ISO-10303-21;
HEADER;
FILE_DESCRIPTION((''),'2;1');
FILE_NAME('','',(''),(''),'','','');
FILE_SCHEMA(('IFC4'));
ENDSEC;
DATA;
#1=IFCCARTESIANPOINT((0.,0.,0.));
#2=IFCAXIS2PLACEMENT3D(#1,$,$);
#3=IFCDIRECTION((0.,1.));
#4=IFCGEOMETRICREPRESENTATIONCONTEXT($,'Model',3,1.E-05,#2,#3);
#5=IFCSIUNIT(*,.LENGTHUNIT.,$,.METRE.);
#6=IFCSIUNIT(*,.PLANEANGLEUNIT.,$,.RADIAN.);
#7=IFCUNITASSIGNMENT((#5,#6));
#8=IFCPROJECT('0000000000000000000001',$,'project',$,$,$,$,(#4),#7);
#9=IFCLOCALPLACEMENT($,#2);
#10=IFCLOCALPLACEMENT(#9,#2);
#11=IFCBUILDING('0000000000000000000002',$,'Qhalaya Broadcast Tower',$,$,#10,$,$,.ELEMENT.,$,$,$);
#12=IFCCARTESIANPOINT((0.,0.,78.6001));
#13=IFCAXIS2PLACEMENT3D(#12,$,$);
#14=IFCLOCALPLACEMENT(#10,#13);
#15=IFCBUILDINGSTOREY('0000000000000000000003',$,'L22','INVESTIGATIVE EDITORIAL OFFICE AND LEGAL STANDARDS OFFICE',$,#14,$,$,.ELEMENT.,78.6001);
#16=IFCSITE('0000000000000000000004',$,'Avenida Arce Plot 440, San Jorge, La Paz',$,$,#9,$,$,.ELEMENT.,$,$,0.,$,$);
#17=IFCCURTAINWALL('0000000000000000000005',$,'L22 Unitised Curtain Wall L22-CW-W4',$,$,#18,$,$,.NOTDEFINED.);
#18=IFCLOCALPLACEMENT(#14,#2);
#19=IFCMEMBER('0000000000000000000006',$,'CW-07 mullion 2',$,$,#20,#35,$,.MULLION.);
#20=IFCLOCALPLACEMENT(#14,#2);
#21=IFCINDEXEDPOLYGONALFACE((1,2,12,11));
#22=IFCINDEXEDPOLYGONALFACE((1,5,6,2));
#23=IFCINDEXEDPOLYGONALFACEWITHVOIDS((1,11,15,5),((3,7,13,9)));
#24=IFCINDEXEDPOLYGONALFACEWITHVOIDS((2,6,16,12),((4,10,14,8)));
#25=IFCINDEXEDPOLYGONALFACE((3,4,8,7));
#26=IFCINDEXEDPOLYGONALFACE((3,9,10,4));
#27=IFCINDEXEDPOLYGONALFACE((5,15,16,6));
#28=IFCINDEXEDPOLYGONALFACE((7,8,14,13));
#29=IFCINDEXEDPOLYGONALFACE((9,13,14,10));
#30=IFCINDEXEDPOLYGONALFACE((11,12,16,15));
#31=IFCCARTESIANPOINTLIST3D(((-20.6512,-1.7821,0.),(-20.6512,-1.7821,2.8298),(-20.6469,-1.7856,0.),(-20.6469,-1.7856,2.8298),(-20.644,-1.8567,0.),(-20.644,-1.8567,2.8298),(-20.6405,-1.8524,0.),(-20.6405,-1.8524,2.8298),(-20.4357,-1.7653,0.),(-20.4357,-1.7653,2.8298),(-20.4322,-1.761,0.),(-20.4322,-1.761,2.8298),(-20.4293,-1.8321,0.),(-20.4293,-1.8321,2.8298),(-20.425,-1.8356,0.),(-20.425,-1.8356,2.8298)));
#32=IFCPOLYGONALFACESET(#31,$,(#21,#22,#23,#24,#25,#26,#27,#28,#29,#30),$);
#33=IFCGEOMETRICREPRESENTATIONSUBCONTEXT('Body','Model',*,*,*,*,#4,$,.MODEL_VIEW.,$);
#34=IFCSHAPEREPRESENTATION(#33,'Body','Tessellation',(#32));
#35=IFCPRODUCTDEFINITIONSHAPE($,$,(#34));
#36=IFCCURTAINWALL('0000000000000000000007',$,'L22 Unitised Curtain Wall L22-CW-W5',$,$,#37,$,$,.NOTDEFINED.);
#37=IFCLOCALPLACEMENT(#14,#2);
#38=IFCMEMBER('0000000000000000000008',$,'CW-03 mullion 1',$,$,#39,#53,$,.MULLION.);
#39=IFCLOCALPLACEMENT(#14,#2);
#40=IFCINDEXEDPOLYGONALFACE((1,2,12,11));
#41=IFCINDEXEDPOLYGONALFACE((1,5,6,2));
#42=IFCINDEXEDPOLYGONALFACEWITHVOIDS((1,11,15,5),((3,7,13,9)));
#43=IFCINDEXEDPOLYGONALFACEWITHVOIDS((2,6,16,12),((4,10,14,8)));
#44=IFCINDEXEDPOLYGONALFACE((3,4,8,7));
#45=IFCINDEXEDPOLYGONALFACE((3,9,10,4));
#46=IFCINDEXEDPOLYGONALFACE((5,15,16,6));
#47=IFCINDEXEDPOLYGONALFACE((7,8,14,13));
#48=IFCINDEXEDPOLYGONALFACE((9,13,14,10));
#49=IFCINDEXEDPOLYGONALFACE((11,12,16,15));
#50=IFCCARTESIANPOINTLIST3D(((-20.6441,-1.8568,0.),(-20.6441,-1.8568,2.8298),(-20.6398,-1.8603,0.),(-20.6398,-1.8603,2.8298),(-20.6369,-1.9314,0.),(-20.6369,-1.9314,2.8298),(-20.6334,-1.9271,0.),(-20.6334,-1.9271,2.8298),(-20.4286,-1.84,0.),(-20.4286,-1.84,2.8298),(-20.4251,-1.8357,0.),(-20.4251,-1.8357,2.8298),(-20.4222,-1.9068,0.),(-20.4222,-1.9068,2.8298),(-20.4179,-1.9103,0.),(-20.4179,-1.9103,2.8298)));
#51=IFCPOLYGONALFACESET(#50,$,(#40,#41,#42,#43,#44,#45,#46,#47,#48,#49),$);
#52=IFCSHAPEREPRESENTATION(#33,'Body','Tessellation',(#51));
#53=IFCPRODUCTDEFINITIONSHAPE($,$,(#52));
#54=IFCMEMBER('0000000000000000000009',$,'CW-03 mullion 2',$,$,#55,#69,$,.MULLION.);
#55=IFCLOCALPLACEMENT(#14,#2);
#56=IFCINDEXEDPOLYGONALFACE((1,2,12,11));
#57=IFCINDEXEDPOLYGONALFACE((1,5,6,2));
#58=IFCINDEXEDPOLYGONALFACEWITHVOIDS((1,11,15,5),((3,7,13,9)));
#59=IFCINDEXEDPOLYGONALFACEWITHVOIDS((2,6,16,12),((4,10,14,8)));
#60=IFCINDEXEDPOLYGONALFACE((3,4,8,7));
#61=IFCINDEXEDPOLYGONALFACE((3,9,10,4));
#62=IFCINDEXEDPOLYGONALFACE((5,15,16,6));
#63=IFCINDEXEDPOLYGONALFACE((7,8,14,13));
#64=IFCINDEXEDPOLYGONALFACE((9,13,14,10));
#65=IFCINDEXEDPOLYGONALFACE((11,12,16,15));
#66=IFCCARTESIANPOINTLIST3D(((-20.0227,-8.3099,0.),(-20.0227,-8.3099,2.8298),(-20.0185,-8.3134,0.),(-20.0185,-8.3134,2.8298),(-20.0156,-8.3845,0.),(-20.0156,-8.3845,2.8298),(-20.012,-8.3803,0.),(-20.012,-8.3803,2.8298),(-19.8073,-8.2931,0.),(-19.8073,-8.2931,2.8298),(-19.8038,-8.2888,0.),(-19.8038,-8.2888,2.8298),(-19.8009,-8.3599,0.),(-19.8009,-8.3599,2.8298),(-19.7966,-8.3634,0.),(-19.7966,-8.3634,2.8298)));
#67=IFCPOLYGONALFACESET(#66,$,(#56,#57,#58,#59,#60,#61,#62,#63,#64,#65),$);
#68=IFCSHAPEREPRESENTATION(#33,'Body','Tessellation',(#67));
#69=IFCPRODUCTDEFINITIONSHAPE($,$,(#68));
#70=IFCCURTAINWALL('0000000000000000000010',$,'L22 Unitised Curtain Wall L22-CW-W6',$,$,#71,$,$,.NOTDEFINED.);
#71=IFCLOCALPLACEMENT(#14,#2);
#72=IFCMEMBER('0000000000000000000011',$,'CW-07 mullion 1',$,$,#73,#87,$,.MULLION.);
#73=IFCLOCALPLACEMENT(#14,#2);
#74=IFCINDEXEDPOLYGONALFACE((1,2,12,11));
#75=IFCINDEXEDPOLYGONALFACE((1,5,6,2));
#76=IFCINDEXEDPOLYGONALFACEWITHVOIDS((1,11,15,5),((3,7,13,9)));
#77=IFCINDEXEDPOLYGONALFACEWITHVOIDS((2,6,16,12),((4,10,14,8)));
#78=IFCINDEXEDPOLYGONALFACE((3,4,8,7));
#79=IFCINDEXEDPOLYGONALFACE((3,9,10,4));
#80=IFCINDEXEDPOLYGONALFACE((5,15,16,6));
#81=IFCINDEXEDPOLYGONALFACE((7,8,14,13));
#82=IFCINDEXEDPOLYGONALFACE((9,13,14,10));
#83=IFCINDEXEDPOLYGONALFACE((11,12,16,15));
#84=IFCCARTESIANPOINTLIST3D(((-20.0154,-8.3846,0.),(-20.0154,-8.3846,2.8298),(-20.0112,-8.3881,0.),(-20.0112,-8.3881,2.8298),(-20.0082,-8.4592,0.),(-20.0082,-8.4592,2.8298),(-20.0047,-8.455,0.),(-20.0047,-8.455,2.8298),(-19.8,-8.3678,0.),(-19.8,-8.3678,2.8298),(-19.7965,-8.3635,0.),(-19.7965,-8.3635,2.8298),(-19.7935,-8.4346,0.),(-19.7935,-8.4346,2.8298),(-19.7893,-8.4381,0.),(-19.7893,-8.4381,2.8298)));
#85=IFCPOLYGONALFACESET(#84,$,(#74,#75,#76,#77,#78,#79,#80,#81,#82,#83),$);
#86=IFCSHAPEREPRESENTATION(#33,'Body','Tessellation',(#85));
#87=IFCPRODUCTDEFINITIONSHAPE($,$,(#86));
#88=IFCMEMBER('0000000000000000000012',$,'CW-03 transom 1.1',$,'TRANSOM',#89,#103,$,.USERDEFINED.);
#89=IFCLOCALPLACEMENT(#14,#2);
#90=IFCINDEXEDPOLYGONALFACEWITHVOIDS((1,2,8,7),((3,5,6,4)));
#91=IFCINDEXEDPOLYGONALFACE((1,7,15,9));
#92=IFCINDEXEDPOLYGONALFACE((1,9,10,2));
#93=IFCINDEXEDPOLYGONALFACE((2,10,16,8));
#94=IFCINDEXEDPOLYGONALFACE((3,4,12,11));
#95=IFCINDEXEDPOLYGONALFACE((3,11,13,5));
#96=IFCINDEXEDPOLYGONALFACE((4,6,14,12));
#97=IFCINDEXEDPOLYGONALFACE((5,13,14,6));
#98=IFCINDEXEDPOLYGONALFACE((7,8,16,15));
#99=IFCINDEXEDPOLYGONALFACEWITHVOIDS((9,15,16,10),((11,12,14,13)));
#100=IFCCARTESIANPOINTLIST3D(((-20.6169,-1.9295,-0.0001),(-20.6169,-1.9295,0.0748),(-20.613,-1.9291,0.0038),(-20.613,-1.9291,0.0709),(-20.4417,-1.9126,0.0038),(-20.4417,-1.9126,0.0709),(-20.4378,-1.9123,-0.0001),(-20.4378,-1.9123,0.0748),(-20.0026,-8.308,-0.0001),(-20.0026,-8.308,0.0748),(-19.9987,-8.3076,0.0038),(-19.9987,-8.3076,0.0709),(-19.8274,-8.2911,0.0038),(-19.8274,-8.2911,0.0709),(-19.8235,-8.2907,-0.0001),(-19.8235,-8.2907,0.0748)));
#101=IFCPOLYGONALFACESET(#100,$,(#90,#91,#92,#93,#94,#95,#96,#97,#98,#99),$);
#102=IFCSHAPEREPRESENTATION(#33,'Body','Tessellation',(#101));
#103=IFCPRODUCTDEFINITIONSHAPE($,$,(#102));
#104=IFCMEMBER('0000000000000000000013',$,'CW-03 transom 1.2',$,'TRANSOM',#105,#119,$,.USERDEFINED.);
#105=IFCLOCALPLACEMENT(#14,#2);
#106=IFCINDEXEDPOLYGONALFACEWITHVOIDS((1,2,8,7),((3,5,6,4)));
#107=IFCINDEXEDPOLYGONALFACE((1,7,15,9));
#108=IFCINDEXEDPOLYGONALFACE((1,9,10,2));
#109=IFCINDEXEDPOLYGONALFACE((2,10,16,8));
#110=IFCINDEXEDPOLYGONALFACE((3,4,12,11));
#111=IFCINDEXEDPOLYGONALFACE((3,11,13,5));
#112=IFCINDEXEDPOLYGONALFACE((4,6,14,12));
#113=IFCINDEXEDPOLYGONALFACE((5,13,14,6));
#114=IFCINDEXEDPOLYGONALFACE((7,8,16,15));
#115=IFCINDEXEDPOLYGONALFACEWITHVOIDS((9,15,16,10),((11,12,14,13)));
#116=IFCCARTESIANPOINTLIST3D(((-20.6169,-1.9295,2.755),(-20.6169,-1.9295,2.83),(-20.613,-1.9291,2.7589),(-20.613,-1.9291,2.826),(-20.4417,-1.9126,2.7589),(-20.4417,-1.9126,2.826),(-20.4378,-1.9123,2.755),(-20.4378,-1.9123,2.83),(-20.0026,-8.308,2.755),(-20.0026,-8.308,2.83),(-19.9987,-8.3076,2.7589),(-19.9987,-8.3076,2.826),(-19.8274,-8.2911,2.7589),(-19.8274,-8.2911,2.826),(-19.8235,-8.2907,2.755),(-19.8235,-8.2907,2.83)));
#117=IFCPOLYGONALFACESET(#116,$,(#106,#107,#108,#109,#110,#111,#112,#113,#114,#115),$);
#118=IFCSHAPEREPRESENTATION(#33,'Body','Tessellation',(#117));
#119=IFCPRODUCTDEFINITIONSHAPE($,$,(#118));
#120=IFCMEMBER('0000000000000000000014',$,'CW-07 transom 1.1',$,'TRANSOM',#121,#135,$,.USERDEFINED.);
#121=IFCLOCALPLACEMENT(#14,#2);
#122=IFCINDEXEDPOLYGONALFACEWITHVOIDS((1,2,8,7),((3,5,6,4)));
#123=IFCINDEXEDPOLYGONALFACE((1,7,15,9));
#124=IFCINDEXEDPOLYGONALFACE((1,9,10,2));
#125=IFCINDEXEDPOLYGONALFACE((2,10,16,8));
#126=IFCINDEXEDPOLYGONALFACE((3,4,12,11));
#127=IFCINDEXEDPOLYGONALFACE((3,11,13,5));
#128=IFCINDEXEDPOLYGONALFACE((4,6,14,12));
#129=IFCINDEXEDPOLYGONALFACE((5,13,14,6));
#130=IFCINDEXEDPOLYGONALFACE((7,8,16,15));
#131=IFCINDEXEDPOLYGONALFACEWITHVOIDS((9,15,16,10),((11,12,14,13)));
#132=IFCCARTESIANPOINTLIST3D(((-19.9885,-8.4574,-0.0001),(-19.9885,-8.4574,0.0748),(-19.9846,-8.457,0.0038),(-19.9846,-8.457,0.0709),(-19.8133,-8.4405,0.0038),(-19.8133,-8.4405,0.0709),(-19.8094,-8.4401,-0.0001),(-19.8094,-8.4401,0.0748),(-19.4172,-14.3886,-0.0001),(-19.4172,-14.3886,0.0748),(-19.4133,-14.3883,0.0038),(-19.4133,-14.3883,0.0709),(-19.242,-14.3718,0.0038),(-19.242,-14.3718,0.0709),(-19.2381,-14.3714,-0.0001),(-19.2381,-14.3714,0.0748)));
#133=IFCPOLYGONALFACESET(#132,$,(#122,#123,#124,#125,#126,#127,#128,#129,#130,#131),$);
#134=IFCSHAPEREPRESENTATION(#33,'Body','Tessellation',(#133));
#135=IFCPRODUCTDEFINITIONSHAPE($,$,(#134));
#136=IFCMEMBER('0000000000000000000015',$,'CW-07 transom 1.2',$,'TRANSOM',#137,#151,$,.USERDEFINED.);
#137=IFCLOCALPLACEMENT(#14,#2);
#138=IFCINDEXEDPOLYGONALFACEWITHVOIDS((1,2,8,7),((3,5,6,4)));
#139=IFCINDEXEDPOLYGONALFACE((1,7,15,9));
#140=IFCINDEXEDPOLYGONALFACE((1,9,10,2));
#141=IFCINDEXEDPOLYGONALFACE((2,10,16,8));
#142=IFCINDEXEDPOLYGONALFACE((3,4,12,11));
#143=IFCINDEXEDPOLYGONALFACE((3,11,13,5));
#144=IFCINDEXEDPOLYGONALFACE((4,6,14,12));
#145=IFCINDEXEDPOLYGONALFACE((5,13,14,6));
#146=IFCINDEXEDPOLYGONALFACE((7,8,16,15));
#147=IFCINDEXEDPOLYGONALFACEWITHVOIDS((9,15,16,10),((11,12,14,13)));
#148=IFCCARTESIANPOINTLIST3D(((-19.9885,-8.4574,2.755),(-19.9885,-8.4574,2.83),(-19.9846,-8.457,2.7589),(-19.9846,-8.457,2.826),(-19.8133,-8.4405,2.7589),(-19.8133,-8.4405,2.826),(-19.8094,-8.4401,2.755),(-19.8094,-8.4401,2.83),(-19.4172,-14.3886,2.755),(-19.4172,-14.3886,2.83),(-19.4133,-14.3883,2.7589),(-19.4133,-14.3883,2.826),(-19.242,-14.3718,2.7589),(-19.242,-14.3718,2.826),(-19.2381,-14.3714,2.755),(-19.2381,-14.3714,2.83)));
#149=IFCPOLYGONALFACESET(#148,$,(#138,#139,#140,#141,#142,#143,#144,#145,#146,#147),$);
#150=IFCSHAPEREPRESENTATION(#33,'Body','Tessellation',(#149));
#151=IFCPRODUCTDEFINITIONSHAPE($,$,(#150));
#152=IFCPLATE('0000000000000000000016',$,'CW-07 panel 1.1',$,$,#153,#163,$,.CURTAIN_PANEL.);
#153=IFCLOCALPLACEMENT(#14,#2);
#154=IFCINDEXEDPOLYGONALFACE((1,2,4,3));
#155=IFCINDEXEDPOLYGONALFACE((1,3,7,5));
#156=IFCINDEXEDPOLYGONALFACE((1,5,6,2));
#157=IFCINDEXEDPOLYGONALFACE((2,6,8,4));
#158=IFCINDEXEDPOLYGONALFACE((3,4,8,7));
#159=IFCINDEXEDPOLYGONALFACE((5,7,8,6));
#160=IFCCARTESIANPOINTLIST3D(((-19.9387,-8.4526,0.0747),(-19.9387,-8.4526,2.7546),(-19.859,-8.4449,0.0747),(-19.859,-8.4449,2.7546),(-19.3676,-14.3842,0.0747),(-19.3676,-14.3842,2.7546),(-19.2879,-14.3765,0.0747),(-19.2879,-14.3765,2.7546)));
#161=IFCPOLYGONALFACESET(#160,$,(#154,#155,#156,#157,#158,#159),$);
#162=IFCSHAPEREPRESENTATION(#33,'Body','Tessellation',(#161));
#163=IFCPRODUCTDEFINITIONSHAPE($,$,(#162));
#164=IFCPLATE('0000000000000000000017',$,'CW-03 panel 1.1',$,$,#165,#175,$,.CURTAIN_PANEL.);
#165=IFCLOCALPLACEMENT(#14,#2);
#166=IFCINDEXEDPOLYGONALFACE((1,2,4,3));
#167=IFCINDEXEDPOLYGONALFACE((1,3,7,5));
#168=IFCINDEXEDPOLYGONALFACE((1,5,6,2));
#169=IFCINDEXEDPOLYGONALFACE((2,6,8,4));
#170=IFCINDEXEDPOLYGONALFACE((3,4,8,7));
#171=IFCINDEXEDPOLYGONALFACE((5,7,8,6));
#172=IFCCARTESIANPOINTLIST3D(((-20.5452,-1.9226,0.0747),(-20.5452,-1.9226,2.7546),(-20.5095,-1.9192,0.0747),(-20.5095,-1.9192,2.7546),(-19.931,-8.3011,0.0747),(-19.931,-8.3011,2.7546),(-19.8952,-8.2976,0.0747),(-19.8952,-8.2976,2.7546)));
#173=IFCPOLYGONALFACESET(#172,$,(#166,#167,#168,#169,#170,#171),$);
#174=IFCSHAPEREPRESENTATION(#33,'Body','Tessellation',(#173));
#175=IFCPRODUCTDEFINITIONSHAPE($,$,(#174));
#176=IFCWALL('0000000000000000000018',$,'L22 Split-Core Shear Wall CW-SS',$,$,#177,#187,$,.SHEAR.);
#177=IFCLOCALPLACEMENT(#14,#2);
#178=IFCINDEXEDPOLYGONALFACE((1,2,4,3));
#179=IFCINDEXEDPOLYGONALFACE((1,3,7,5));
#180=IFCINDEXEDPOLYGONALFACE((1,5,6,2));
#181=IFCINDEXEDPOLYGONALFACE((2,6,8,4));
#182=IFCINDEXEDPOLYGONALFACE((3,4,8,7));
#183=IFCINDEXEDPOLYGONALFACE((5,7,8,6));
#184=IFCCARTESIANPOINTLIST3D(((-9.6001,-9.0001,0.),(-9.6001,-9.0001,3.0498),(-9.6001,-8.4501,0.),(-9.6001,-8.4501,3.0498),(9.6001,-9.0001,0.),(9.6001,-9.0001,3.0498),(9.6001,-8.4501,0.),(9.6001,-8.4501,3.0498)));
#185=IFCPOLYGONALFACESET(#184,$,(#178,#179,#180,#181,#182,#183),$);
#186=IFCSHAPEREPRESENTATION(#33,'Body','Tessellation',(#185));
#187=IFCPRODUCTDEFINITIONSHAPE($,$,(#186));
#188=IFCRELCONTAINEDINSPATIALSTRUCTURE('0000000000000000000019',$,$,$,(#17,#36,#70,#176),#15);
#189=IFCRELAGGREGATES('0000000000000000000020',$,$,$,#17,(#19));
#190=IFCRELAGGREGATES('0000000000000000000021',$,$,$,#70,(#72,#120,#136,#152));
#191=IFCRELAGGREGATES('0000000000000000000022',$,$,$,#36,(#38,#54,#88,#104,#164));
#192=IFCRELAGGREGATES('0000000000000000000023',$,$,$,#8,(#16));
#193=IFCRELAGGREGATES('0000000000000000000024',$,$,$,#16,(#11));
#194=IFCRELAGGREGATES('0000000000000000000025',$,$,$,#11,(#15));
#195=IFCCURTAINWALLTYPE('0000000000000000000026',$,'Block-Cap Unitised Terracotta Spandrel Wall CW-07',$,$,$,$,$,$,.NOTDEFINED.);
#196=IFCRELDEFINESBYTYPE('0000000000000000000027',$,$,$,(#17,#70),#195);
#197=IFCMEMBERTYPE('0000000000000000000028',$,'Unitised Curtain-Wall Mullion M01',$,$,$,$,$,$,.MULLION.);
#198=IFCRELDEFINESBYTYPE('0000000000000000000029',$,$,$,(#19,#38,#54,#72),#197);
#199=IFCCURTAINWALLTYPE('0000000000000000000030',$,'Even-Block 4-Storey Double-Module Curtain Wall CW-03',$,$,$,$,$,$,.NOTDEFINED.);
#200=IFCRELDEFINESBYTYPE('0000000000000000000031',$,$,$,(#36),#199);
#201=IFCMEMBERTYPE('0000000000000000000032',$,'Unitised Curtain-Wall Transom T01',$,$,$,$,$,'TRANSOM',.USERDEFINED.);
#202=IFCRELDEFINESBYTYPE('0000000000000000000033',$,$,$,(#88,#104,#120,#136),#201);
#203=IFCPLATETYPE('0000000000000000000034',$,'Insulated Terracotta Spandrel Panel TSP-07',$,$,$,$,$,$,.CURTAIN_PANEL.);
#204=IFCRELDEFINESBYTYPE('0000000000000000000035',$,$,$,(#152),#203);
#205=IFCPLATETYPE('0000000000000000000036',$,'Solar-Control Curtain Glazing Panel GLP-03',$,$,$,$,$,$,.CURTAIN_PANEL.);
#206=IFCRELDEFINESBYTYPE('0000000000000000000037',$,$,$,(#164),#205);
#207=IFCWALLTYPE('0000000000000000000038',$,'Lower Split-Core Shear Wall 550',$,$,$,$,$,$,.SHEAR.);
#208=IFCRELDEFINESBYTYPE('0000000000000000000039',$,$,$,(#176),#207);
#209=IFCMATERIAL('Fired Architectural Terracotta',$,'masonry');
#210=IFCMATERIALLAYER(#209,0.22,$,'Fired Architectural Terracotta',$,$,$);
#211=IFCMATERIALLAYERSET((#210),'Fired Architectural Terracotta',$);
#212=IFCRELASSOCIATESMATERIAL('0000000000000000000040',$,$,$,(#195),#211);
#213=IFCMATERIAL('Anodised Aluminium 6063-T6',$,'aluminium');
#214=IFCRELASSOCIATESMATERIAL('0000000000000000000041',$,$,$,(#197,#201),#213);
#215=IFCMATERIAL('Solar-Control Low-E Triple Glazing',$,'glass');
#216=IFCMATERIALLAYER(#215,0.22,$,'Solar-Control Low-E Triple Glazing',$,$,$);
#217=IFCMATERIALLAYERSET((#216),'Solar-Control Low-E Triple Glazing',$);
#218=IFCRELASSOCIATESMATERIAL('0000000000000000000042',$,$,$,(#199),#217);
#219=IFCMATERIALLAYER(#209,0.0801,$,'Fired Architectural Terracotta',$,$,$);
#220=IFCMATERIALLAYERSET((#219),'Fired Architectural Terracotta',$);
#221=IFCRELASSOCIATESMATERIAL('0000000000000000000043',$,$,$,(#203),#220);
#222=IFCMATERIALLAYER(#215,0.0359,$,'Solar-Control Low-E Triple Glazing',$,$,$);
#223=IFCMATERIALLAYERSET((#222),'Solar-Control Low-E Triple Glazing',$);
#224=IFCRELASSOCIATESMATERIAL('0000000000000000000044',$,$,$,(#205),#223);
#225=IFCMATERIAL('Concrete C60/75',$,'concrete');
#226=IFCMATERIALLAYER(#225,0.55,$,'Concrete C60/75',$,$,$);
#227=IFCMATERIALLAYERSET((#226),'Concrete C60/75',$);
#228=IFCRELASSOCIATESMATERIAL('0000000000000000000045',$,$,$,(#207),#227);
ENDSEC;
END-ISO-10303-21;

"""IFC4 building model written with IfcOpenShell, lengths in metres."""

from ifc_helpers import new_model, si_unit, direction, frame, frame_2d, origin, origin_2d, place, context, subcontext, project, spatial, rectangle, hollow_rectangle, extrude, material, layer, layer_set, material_profile, profile_set, type_object, element, aggregate, save


model = new_model("IFC4")

# Units and contexts
model_context = context("Model", 3, precision=1e-05, world=origin(), true_north=direction((0.0, 1.0)))
body_context = subcontext(model_context, "Body", "Model", "MODEL_VIEW")
ifc_project = project(units=[si_unit("LENGTHUNIT", "METRE"), si_unit("PLANEANGLEUNIT", "RADIAN")], contexts=[model_context])

# Site, building, storey
site_placement = place(None, origin())
site = spatial("IfcSite", under=ifc_project, at=site_placement, Name="Avenida Arce Plot 440, San Jorge, La Paz", CompositionType="ELEMENT", RefElevation=0.0)
building_placement = place(site_placement, origin())
building = spatial("IfcBuilding", under=site, at=building_placement, Name="Qhalaya Broadcast Tower", CompositionType="ELEMENT")
storey_placement = place(building_placement, frame((0.0, 0.0, 78.6001)))
storey = spatial("IfcBuildingStorey", under=building, at=storey_placement, Name="L22", Description="INVESTIGATIVE EDITORIAL OFFICE AND LEGAL STANDARDS OFFICE", CompositionType="ELEMENT", Elevation=78.6001)

# Curtain wall, member
ifc_material_1 = material(Name="Fired Architectural Terracotta", Category="masonry")
ifc_layer_1 = layer(ifc_material_1, 0.22, Name="Fired Architectural Terracotta")
ifc_layer_set_1 = layer_set([ifc_layer_1], Name="Fired Architectural Terracotta")
curtain_wall_type_1 = type_object("IfcCurtainWallType", Name="Block-Cap Unitised Terracotta Spandrel Wall CW-07", PredefinedType="NOTDEFINED", material=ifc_layer_set_1)
curtain_wall_1_placement = place(storey_placement, origin())
curtain_wall_1 = element("IfcCurtainWall", 1, at=curtain_wall_1_placement, inside=storey, type_object=curtain_wall_type_1, Name="L22 Unitised Curtain Wall L22-CW-W4", PredefinedType="NOTDEFINED")
ifc_material_2 = material(Name="Anodised Aluminium 6063-T6", Category="aluminium")
ifc_material_profile_1 = material_profile(ifc_material_2, hollow_rectangle(XDim=0.075, YDim=0.22, WallThickness=0.0039, at=origin_2d()), Name="ALU-MUL 75x220x4")
ifc_profile_set_1 = profile_set([ifc_material_profile_1], Name="Anodised Aluminium 6063-T6")
member_type_1 = type_object("IfcMemberType", Name="Unitised Curtain-Wall Mullion M01", PredefinedType="MULLION", material=ifc_profile_set_1)
member_1_placement = place(storey_placement, frame((-20.5381, -1.8088, 0.0), z_axis=(0.0, 0.0, 1.0), x_axis=(0.095841, -0.995397, 0.0)))
member_1 = element("IfcMember", 2, at=member_1_placement, type_object=member_type_1, Name="CW-07 mullion 2", PredefinedType="MULLION", context=body_context, shape_type="SweptSolid", body=[
    extrude(hollow_rectangle(XDim=0.075, YDim=0.22, WallThickness=0.0039, at=origin_2d()), origin(), (0.0, 0.0, 1.0), 2.8298),
])
aggregate(curtain_wall_1, [member_1])

# Curtain wall, members
ifc_material_3 = material(Name="Solar-Control Low-E Triple Glazing", Category="glass")
ifc_layer_2 = layer(ifc_material_3, 0.22, Name="Solar-Control Low-E Triple Glazing")
ifc_layer_set_2 = layer_set([ifc_layer_2], Name="Solar-Control Low-E Triple Glazing")
curtain_wall_type_2 = type_object("IfcCurtainWallType", Name="Even-Block 4-Storey Double-Module Curtain Wall CW-03", PredefinedType="NOTDEFINED", material=ifc_layer_set_2)
curtain_wall_2_placement = place(storey_placement, origin())
curtain_wall_2 = element("IfcCurtainWall", 3, at=curtain_wall_2_placement, inside=storey, type_object=curtain_wall_type_2, Name="L22 Unitised Curtain Wall L22-CW-W5", PredefinedType="NOTDEFINED")
member_2_placement = place(storey_placement, frame((-20.531, -1.8835, 0.0), z_axis=(0.0, 0.0, 1.0), x_axis=(0.095852, -0.995396, 0.0)))
member_2 = element("IfcMember", 4, at=member_2_placement, type_object=member_type_1, Name="CW-03 mullion 1", PredefinedType="MULLION", context=body_context, shape_type="SweptSolid", body=[
    extrude(hollow_rectangle(XDim=0.075, YDim=0.22, WallThickness=0.0039, at=origin_2d()), origin(), (0.0, 0.0, 1.0), 2.8298),
])
member_3_placement = place(storey_placement, frame((-19.9097, -8.3367, 0.0), z_axis=(0.0, 0.0, 1.0), x_axis=(0.095852, -0.995396, 0.0)))
member_3 = element("IfcMember", 5, at=member_3_placement, type_object=member_type_1, Name="CW-03 mullion 2", PredefinedType="MULLION", context=body_context, shape_type="SweptSolid", body=[
    extrude(hollow_rectangle(XDim=0.075, YDim=0.22, WallThickness=0.0039, at=origin_2d()), origin(), (0.0, 0.0, 1.0), 2.8298),
])

# Curtain wall, member
curtain_wall_3_placement = place(storey_placement, origin())
curtain_wall_3 = element("IfcCurtainWall", 6, at=curtain_wall_3_placement, inside=storey, type_object=curtain_wall_type_1, Name="L22 Unitised Curtain Wall L22-CW-W6", PredefinedType="NOTDEFINED")
member_4_placement = place(storey_placement, frame((-19.9023, -8.4114, 0.0), z_axis=(0.0, 0.0, 1.0), x_axis=(0.095842, -0.995397, 0.0)))
member_4 = element("IfcMember", 7, at=member_4_placement, type_object=member_type_1, Name="CW-07 mullion 1", PredefinedType="MULLION", context=body_context, shape_type="SweptSolid", body=[
    extrude(hollow_rectangle(XDim=0.075, YDim=0.22, WallThickness=0.0039, at=origin_2d()), origin(), (0.0, 0.0, 1.0), 2.8298),
])

# Members
ifc_material_profile_2 = material_profile(ifc_material_2, hollow_rectangle(XDim=0.075, YDim=0.1799, WallThickness=0.0039, at=origin_2d()), Name="ALU-TRN 75x180x4")
ifc_profile_set_2 = profile_set([ifc_material_profile_2], Name="Anodised Aluminium 6063-T6")
member_type_2 = type_object("IfcMemberType", Name="Unitised Curtain-Wall Transom T01", ElementType="TRANSOM", PredefinedType="USERDEFINED", material=ifc_profile_set_2)
member_5_placement = place(storey_placement, frame((-20.5273, -1.9209, 0.0374), z_axis=(0.095859, -0.995395, 0.0), x_axis=(0.0, 0.0, 1.0)))
member_5 = element("IfcMember", 8, at=member_5_placement, type_object=member_type_2, Name="CW-03 transom 1.1", ObjectType="TRANSOM", PredefinedType="USERDEFINED", context=body_context, shape_type="SweptSolid", body=[
    extrude(hollow_rectangle(XDim=0.075, YDim=0.1799, WallThickness=0.0039, at=origin_2d()), origin(), (0.0, 0.0, 1.0), 6.408),
])
member_6_placement = place(storey_placement, frame((-20.5273, -1.9209, 2.7925), z_axis=(0.095859, -0.995395, 0.0), x_axis=(0.0, 0.0, 1.0)))
member_6 = element("IfcMember", 9, at=member_6_placement, type_object=member_type_2, Name="CW-03 transom 1.2", ObjectType="TRANSOM", PredefinedType="USERDEFINED", context=body_context, shape_type="SweptSolid", body=[
    extrude(hollow_rectangle(XDim=0.075, YDim=0.1799, WallThickness=0.0039, at=origin_2d()), origin(), (0.0, 0.0, 1.0), 6.408),
])
member_7_placement = place(storey_placement, frame((-19.8989, -8.4487, 0.0374), z_axis=(0.095872, -0.995394, 0.0), x_axis=(0.0, 0.0, 1.0)))
member_7 = element("IfcMember", 10, at=member_7_placement, type_object=member_type_2, Name="CW-07 transom 1.1", ObjectType="TRANSOM", PredefinedType="USERDEFINED", context=body_context, shape_type="SweptSolid", body=[
    extrude(hollow_rectangle(XDim=0.075, YDim=0.1799, WallThickness=0.0039, at=origin_2d()), origin(), (0.0, 0.0, 1.0), 5.9587),
])
member_8_placement = place(storey_placement, frame((-19.8989, -8.4487, 2.7925), z_axis=(0.095872, -0.995394, 0.0), x_axis=(0.0, 0.0, 1.0)))
member_8 = element("IfcMember", 11, at=member_8_placement, type_object=member_type_2, Name="CW-07 transom 1.2", ObjectType="TRANSOM", PredefinedType="USERDEFINED", context=body_context, shape_type="SweptSolid", body=[
    extrude(hollow_rectangle(XDim=0.075, YDim=0.1799, WallThickness=0.0039, at=origin_2d()), origin(), (0.0, 0.0, 1.0), 5.9587),
])

# Plates
ifc_layer_3 = layer(ifc_material_1, 0.0801, Name="Fired Architectural Terracotta")
ifc_layer_set_3 = layer_set([ifc_layer_3], Name="Fired Architectural Terracotta")
plate_type_1 = type_object("IfcPlateType", Name="Insulated Terracotta Spandrel Panel TSP-07", PredefinedType="CURTAIN_PANEL", material=ifc_layer_set_3)
plate_1_placement = place(storey_placement, frame((-19.6133, -11.4146, 0.0747), z_axis=(0.0, 0.0, 1.0), x_axis=(0.095842, -0.995397, 0.0)))
plate_1 = element("IfcPlate", 12, at=plate_1_placement, type_object=plate_type_1, Name="CW-07 panel 1.1", PredefinedType="CURTAIN_PANEL", context=body_context, shape_type="SweptSolid", body=[
    extrude(rectangle(XDim=5.959, YDim=0.0801, at=origin_2d()), origin(), (0.0, 0.0, 1.0), 2.6799),
])
aggregate(curtain_wall_3, [member_4, member_7, member_8, plate_1])
ifc_layer_4 = layer(ifc_material_3, 0.0359, Name="Solar-Control Low-E Triple Glazing")
ifc_layer_set_4 = layer_set([ifc_layer_4], Name="Solar-Control Low-E Triple Glazing")
plate_type_2 = type_object("IfcPlateType", Name="Solar-Control Curtain Glazing Panel GLP-03", PredefinedType="CURTAIN_PANEL", material=ifc_layer_set_4)
plate_2_placement = place(storey_placement, frame((-20.2202, -5.1101, 0.0747), z_axis=(0.0, 0.0, 1.0), x_axis=(0.095852, -0.995396, 0.0)))
plate_2 = element("IfcPlate", 13, at=plate_2_placement, type_object=plate_type_2, Name="CW-03 panel 1.1", PredefinedType="CURTAIN_PANEL", context=body_context, shape_type="SweptSolid", body=[
    extrude(rectangle(XDim=6.408, YDim=0.0359, at=origin_2d()), origin(), (0.0, 0.0, 1.0), 2.6799),
])
aggregate(curtain_wall_2, [member_2, member_3, member_5, member_6, plate_2])

# Wall
ifc_material_4 = material(Name="Concrete C60/75", Category="concrete")
ifc_layer_5 = layer(ifc_material_4, 0.55, Name="Concrete C60/75")
ifc_layer_set_5 = layer_set([ifc_layer_5], Name="Concrete C60/75")
wall_type_1 = type_object("IfcWallType", Name="Lower Split-Core Shear Wall 550", PredefinedType="SHEAR", material=ifc_layer_set_5)
wall_1_placement = place(storey_placement, frame((-9.6001, -8.7251, 0.0), z_axis=(0.0, 0.0, 1.0), x_axis=(1.0, 0.0, 0.0)))
element("IfcWall", 14, at=wall_1_placement, inside=storey, type_object=wall_type_1, Name="L22 Split-Core Shear Wall CW-SS", PredefinedType="SHEAR", context=body_context, shape_type="SweptSolid", body=[
    extrude(rectangle(XDim=19.2002, YDim=0.55, at=frame_2d((9.6001, 0.0))), origin(), (0.0, 0.0, 1.0), 3.0498),
])

save(model, "model.ifc")
